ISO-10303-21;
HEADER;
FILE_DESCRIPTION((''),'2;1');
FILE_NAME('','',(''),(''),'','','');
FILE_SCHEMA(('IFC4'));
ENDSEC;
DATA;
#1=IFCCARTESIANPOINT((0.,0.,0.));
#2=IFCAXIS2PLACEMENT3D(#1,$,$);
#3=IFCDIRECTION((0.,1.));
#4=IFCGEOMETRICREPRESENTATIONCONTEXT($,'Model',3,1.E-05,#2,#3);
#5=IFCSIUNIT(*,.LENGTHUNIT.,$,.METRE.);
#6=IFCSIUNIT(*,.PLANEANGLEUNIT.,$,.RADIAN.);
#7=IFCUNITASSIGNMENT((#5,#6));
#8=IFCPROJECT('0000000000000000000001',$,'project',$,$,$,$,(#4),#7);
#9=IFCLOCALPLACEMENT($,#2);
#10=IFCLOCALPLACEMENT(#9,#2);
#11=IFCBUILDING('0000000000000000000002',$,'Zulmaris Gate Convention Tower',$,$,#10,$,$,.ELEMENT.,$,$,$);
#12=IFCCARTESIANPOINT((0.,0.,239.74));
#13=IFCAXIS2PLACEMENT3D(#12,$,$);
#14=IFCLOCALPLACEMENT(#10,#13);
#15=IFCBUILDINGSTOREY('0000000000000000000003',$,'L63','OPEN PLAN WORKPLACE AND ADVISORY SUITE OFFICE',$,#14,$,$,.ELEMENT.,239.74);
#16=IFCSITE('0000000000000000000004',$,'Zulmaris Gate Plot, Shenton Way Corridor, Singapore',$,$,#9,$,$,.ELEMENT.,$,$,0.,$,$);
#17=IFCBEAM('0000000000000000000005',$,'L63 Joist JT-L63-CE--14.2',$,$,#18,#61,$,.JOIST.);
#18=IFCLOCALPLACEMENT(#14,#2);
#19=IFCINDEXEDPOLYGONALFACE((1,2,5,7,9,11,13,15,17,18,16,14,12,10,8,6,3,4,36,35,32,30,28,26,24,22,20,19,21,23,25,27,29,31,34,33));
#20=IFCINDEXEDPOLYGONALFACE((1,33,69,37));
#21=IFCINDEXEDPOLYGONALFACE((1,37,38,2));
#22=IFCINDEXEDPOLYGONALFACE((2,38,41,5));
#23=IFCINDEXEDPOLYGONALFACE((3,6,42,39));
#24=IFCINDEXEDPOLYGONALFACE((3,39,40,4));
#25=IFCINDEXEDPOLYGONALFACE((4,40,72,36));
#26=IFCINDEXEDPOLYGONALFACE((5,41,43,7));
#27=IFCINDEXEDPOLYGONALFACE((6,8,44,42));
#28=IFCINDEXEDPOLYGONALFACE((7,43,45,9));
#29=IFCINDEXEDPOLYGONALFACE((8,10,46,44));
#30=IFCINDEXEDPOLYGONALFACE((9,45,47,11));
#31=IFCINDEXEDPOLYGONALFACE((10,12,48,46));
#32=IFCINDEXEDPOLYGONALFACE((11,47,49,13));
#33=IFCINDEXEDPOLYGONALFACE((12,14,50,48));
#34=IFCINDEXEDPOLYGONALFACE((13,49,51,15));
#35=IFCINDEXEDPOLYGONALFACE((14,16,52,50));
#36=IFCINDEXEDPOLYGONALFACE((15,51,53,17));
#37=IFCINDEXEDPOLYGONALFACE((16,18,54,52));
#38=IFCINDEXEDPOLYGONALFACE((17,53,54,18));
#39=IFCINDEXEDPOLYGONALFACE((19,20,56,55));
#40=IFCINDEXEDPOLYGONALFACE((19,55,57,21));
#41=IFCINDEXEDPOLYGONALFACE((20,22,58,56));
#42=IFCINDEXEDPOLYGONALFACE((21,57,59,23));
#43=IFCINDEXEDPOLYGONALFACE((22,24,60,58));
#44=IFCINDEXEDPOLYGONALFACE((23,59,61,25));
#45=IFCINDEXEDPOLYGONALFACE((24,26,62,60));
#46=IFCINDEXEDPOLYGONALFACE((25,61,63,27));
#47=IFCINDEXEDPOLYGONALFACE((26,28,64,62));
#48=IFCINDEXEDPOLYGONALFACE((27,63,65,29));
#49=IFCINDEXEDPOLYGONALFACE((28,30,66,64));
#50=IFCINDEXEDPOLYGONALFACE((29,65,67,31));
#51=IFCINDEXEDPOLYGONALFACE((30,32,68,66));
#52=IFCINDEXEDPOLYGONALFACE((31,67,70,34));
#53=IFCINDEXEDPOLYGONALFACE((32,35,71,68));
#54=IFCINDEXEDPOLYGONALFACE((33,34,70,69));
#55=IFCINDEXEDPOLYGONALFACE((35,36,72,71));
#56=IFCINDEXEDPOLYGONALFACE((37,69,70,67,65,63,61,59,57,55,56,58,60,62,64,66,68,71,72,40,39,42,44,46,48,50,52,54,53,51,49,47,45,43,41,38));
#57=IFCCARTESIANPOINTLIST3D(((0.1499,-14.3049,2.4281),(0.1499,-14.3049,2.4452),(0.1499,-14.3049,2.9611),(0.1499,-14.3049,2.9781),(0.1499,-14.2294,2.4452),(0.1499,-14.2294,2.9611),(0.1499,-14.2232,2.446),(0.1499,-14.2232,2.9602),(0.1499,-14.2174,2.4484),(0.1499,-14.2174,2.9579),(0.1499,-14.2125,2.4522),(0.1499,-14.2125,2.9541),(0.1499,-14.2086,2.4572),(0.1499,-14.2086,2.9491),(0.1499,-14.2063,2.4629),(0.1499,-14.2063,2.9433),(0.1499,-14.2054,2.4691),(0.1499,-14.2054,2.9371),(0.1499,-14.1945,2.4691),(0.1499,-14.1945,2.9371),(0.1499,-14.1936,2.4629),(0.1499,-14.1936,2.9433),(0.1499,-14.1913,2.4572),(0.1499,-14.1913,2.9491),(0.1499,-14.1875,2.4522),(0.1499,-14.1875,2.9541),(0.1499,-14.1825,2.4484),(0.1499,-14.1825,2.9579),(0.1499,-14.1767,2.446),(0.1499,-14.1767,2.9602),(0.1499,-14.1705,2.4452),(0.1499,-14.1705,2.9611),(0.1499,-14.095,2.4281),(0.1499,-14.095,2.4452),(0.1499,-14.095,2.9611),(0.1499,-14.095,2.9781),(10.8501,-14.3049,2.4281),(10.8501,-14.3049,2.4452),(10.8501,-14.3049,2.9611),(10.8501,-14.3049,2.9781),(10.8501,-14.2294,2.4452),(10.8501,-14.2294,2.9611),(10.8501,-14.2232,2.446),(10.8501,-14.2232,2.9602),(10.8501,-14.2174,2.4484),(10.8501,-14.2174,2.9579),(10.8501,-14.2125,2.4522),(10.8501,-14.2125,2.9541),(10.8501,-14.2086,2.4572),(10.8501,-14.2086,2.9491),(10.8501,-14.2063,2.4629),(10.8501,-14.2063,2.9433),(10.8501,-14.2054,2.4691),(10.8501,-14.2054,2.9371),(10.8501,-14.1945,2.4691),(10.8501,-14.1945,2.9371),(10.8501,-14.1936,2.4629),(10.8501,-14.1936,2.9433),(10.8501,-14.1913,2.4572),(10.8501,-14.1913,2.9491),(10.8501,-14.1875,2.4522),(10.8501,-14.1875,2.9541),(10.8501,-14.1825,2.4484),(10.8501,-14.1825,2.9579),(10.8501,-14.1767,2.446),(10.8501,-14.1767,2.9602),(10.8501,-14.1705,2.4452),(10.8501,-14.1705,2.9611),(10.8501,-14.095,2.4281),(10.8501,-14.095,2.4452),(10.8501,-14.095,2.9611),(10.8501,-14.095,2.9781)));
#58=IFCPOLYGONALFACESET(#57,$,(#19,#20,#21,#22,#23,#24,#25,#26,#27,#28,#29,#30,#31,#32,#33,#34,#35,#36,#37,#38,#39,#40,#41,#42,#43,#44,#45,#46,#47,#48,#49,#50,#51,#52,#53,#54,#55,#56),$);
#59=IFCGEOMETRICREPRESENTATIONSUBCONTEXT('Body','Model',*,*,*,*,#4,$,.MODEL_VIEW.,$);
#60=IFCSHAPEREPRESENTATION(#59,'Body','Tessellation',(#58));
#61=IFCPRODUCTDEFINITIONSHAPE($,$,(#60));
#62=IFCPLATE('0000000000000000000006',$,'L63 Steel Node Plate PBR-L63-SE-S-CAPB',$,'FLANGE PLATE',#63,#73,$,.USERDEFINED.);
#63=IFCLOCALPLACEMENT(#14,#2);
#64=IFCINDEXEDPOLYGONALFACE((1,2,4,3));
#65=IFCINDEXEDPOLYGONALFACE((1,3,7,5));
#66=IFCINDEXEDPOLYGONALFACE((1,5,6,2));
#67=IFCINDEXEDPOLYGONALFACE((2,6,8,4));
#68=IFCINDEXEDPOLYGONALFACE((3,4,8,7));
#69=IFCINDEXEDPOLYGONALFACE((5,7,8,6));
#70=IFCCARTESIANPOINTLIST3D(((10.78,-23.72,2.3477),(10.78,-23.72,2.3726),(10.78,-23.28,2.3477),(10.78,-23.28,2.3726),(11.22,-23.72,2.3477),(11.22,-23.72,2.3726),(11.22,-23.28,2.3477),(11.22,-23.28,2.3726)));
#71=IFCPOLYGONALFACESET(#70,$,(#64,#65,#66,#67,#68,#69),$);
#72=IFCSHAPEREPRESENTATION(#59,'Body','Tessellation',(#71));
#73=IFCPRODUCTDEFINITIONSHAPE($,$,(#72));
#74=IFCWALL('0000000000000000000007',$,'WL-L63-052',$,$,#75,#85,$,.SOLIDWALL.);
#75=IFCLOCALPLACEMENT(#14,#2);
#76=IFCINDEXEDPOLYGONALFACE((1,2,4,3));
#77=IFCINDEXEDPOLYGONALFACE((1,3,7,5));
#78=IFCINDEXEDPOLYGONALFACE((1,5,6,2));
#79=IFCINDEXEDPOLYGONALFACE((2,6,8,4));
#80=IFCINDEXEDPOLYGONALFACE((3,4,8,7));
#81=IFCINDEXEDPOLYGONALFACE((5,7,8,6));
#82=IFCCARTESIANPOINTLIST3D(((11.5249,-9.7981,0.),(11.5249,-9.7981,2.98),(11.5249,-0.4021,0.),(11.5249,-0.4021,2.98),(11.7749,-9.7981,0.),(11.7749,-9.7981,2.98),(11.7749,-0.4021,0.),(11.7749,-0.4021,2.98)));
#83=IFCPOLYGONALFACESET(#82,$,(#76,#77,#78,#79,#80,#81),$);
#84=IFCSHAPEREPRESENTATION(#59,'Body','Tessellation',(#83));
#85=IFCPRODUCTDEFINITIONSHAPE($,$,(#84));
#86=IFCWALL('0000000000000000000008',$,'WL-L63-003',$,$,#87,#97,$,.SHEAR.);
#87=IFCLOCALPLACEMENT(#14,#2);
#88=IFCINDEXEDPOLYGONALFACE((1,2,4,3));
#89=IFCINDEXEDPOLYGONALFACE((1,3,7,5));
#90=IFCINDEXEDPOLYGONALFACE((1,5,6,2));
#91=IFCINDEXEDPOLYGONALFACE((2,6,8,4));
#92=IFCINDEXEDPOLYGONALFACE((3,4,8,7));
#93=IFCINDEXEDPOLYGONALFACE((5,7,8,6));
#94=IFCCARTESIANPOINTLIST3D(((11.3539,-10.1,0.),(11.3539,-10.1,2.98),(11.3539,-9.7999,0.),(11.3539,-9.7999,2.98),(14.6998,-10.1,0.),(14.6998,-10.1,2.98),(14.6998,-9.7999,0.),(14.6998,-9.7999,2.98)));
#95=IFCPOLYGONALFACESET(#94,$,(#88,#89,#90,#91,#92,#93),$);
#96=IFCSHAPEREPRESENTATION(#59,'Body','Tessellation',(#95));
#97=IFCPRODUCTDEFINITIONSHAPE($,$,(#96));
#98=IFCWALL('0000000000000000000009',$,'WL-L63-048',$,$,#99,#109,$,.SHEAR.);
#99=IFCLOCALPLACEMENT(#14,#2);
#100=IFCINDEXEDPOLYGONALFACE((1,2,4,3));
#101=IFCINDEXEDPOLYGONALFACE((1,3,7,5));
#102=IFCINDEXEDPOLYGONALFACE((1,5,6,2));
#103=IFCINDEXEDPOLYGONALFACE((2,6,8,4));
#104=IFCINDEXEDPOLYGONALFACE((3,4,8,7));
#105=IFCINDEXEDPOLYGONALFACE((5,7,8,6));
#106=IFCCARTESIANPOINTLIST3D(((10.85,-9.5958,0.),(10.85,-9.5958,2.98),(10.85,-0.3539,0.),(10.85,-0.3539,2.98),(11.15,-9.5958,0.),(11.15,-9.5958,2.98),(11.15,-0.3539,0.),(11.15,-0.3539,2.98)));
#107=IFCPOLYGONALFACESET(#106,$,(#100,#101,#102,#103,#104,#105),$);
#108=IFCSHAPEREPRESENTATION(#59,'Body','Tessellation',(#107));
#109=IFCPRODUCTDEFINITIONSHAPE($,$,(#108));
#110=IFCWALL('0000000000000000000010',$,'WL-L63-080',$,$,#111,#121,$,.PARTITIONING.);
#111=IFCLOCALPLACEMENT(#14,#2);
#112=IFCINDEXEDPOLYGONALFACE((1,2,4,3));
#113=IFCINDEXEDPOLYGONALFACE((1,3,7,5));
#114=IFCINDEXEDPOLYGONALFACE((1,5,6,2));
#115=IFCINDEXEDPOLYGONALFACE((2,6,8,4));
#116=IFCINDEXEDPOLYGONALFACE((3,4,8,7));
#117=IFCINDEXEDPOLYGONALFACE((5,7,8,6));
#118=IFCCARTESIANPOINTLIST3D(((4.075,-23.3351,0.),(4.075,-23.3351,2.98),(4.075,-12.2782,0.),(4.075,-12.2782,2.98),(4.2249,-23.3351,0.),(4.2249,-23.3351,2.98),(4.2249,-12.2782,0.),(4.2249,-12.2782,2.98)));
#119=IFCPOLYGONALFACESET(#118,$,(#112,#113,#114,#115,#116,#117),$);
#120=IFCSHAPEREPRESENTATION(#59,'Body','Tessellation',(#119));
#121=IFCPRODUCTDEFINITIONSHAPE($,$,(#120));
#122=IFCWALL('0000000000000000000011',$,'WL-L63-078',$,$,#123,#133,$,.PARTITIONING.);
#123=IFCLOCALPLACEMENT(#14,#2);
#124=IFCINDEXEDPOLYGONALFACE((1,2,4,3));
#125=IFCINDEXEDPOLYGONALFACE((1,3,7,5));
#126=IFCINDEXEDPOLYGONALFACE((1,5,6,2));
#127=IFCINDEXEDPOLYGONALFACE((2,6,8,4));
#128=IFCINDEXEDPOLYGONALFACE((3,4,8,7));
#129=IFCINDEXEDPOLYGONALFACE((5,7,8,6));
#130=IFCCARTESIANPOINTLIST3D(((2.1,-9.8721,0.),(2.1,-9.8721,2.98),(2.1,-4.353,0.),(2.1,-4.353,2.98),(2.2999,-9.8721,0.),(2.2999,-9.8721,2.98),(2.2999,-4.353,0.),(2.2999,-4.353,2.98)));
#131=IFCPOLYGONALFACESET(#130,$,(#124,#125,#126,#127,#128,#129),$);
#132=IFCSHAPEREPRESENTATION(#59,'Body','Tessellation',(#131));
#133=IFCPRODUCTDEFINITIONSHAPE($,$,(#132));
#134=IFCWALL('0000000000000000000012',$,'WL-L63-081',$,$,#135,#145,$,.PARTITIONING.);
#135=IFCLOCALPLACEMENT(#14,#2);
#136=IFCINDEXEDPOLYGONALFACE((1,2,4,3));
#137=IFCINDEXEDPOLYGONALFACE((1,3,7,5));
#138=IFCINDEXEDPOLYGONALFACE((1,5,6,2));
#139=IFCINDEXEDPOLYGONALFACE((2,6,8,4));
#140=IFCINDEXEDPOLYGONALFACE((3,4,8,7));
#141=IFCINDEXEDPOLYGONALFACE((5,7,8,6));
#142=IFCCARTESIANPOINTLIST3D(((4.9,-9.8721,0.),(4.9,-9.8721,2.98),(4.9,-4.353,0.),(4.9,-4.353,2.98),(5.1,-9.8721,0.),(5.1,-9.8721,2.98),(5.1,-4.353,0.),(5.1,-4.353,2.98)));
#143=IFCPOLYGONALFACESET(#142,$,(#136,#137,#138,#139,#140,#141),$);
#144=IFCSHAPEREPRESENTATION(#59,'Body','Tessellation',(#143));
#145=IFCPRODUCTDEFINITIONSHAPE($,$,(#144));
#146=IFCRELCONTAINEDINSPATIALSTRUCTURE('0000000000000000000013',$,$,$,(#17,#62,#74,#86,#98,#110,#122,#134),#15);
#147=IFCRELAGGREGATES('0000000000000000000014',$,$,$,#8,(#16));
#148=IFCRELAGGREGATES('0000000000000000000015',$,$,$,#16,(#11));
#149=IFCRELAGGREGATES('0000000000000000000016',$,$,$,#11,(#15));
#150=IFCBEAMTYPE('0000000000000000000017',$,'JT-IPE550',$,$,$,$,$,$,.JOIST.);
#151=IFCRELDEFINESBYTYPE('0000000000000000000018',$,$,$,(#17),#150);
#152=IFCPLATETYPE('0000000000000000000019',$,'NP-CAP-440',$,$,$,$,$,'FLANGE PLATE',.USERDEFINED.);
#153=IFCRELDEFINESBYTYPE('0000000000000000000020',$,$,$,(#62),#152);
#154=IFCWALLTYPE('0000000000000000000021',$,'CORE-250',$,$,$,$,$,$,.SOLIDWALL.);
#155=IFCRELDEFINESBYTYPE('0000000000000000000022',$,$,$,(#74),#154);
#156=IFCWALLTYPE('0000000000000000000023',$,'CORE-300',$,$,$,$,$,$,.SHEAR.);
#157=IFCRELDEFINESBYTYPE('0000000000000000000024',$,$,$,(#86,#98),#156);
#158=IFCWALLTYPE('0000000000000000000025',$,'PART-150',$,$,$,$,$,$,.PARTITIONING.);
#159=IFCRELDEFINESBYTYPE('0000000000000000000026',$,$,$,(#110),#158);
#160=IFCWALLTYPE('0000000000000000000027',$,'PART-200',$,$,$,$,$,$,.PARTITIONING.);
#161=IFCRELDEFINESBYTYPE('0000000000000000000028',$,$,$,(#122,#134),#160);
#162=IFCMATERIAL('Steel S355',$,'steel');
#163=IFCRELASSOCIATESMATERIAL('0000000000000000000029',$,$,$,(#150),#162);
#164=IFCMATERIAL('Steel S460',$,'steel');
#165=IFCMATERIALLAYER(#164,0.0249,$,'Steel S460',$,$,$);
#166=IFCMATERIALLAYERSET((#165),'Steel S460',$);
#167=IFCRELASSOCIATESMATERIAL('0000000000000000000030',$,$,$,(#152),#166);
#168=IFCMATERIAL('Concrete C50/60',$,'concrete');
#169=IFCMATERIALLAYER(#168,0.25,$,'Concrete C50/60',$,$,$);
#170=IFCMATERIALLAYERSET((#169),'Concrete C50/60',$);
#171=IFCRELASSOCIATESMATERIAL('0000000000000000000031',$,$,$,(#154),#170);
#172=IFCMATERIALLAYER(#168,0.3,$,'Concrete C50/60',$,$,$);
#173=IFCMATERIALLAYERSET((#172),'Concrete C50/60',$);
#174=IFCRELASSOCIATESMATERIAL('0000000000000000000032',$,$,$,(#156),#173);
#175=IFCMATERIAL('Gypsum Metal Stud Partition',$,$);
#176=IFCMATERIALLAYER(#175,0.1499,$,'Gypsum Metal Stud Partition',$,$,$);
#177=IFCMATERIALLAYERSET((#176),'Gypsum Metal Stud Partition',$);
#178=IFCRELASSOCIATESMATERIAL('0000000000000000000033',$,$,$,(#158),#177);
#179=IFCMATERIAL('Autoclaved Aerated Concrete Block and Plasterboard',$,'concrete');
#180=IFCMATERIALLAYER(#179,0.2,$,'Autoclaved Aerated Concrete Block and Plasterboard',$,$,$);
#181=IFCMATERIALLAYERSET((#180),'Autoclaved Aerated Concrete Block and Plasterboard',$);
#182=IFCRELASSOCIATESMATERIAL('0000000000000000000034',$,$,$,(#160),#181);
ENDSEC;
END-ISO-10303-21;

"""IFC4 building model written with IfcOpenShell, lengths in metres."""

from ifc_helpers import new_model, si_unit, direction, frame, frame_2d, origin, origin_2d, place, context, subcontext, project, spatial, rectangle, i_section, extrude, material, layer, layer_set, material_profile, profile_set, type_object, element, save


model = new_model("IFC4")

# Units and contexts
model_context = context("Model", 3, precision=1e-05, world=origin(), true_north=direction((0.0, 1.0)))
body_context = subcontext(model_context, "Body", "Model", "MODEL_VIEW")
ifc_project = project(units=[si_unit("LENGTHUNIT", "METRE"), si_unit("PLANEANGLEUNIT", "RADIAN")], contexts=[model_context])

# Site, building, storey
site_placement = place(None, origin())
site = spatial("IfcSite", under=ifc_project, at=site_placement, Name="Zulmaris Gate Plot, Shenton Way Corridor, Singapore", CompositionType="ELEMENT", RefElevation=0.0)
building_placement = place(site_placement, origin())
building = spatial("IfcBuilding", under=site, at=building_placement, Name="Zulmaris Gate Convention Tower", CompositionType="ELEMENT")
storey_placement = place(building_placement, frame((0.0, 0.0, 239.74)))
storey = spatial("IfcBuildingStorey", under=building, at=storey_placement, Name="L63", Description="OPEN PLAN WORKPLACE AND ADVISORY SUITE OFFICE", CompositionType="ELEMENT", Elevation=239.74)

# Shared definitions
ifc_material_1 = material(Name="Concrete C50/60", Category="concrete")

# Beam
ifc_material_2 = material(Name="Steel S355", Category="steel")
ifc_material_profile_1 = material_profile(ifc_material_2, i_section(OverallWidth=0.21, OverallDepth=0.55, WebThickness=0.011, FlangeThickness=0.0171, FilletRadius=0.0239, at=origin_2d()), Name="IPE 550")
ifc_profile_set_1 = profile_set([ifc_material_profile_1], Name="Steel S355")
beam_type_1 = type_object("IfcBeamType", Name="JT-IPE550", PredefinedType="JOIST", material=ifc_profile_set_1)
for number, where, z_axis, x_axis, name in (
    (1, (0.1499, -14.2, 2.7031), (1.0, 0.0, 0.0), (0.0, 1.0, 0.0), "L63 Joist JT-L63-CE--14.2"),
):
    element("IfcBeam", number, at=place(storey_placement, frame(where, z_axis=z_axis, x_axis=x_axis)), inside=storey, type_object=beam_type_1, Name=name, PredefinedType="JOIST", context=body_context, shape_type="SweptSolid", body=[
        extrude(i_section(OverallWidth=0.21, OverallDepth=0.55, WebThickness=0.011, FlangeThickness=0.0171, FilletRadius=0.0239, at=origin_2d()), origin(), (0.0, 0.0, 1.0), 10.7002),
    ])

# Plate
ifc_material_3 = material(Name="Steel S460", Category="steel")
ifc_layer_1 = layer(ifc_material_3, 0.0249, Name="Steel S460")
ifc_layer_set_1 = layer_set([ifc_layer_1], Name="Steel S460")
plate_type = type_object("IfcPlateType", Name="NP-CAP-440", ElementType="FLANGE PLATE", PredefinedType="USERDEFINED", material=ifc_layer_set_1)
plate_placement = place(storey_placement, frame((11.0, -23.5, 2.3477), z_axis=(0.0, 0.0, 1.0), x_axis=(1.0, 0.0, 0.0)))
element("IfcPlate", 2, at=plate_placement, inside=storey, type_object=plate_type, Name="L63 Steel Node Plate PBR-L63-SE-S-CAPB", ObjectType="FLANGE PLATE", PredefinedType="USERDEFINED", context=body_context, shape_type="SweptSolid", body=[
    extrude(rectangle(XDim=0.4399, YDim=0.4399, at=origin_2d()), origin(), (0.0, 0.0, 1.0), 0.0249),
])

# Walls
ifc_layer_2 = layer(ifc_material_1, 0.25, Name="Concrete C50/60")
ifc_layer_set_2 = layer_set([ifc_layer_2], Name="Concrete C50/60")
wall_type_1 = type_object("IfcWallType", Name="CORE-250", PredefinedType="SOLIDWALL", material=ifc_layer_set_2)
wall_1_placement = place(storey_placement, frame((11.6499, -9.7981, 0.0), z_axis=(0.0, 0.0, 1.0), x_axis=(0.0, 1.0, 0.0)))
element("IfcWall", 3, at=wall_1_placement, inside=storey, type_object=wall_type_1, Name="WL-L63-052", PredefinedType="SOLIDWALL", context=body_context, shape_type="SweptSolid", body=[
    extrude(rectangle(XDim=9.396, YDim=0.25, at=frame_2d((4.698, 0.0))), origin(), (0.0, 0.0, 1.0), 2.98),
])
ifc_layer_3 = layer(ifc_material_1, 0.3, Name="Concrete C50/60")
ifc_layer_set_3 = layer_set([ifc_layer_3], Name="Concrete C50/60")
wall_type_2 = type_object("IfcWallType", Name="CORE-300", PredefinedType="SHEAR", material=ifc_layer_set_3)
wall_2_placement = place(storey_placement, frame((11.354, -9.95, 0.0), z_axis=(0.0, 0.0, 1.0), x_axis=(1.0, 0.0, 0.0)))
element("IfcWall", 4, at=wall_2_placement, inside=storey, type_object=wall_type_2, Name="WL-L63-003", PredefinedType="SHEAR", context=body_context, shape_type="SweptSolid", body=[
    extrude(rectangle(XDim=3.3459, YDim=0.3, at=frame_2d((1.6729, 0.0))), origin(), (0.0, 0.0, 1.0), 2.98),
])

# Walls
wall_3_placement = place(storey_placement, frame((11.0, -9.5959, 0.0), z_axis=(0.0, 0.0, 1.0), x_axis=(0.0, 1.0, 0.0)))
element("IfcWall", 5, at=wall_3_placement, inside=storey, type_object=wall_type_2, Name="WL-L63-048", PredefinedType="SHEAR", context=body_context, shape_type="SweptSolid", body=[
    extrude(rectangle(XDim=9.2419, YDim=0.3, at=frame_2d((4.6211, 0.0))), origin(), (0.0, 0.0, 1.0), 2.98),
])
ifc_material_4 = material(Name="Gypsum Metal Stud Partition")
ifc_layer_4 = layer(ifc_material_4, 0.1499, Name="Gypsum Metal Stud Partition")
ifc_layer_set_4 = layer_set([ifc_layer_4], Name="Gypsum Metal Stud Partition")
wall_type_3 = type_object("IfcWallType", Name="PART-150", PredefinedType="PARTITIONING", material=ifc_layer_set_4)
wall_4_placement = place(storey_placement, frame((4.1499, -23.335, 0.0), z_axis=(0.0, 0.0, 1.0), x_axis=(0.0, 1.0, 0.0)))
element("IfcWall", 6, at=wall_4_placement, inside=storey, type_object=wall_type_3, Name="WL-L63-080", PredefinedType="PARTITIONING", context=body_context, shape_type="SweptSolid", body=[
    extrude(rectangle(XDim=11.0569, YDim=0.1499, at=frame_2d((5.5283, 0.0))), origin(), (0.0, 0.0, 1.0), 2.98),
])
ifc_material_5 = material(Name="Autoclaved Aerated Concrete Block and Plasterboard", Category="concrete")
ifc_layer_5 = layer(ifc_material_5, 0.2, Name="Autoclaved Aerated Concrete Block and Plasterboard")
ifc_layer_set_5 = layer_set([ifc_layer_5], Name="Autoclaved Aerated Concrete Block and Plasterboard")
wall_type_4 = type_object("IfcWallType", Name="PART-200", PredefinedType="PARTITIONING", material=ifc_layer_set_5)
for number, where, z_axis, x_axis, name in (
    (7, (2.2, -9.8721, 0.0), (0.0, 0.0, 1.0), (0.0, 1.0, 0.0), "WL-L63-078"),
    (8, (5.0, -9.8721, 0.0), (0.0, 0.0, 1.0), (0.0, 1.0, 0.0), "WL-L63-081"),
):
    element("IfcWall", number, at=place(storey_placement, frame(where, z_axis=z_axis, x_axis=x_axis)), inside=storey, type_object=wall_type_4, Name=name, PredefinedType="PARTITIONING", context=body_context, shape_type="SweptSolid", body=[
        extrude(rectangle(XDim=5.519, YDim=0.2, at=frame_2d((2.7595, 0.0))), origin(), (0.0, 0.0, 1.0), 2.98),
    ])

save(model, "model.ifc")
